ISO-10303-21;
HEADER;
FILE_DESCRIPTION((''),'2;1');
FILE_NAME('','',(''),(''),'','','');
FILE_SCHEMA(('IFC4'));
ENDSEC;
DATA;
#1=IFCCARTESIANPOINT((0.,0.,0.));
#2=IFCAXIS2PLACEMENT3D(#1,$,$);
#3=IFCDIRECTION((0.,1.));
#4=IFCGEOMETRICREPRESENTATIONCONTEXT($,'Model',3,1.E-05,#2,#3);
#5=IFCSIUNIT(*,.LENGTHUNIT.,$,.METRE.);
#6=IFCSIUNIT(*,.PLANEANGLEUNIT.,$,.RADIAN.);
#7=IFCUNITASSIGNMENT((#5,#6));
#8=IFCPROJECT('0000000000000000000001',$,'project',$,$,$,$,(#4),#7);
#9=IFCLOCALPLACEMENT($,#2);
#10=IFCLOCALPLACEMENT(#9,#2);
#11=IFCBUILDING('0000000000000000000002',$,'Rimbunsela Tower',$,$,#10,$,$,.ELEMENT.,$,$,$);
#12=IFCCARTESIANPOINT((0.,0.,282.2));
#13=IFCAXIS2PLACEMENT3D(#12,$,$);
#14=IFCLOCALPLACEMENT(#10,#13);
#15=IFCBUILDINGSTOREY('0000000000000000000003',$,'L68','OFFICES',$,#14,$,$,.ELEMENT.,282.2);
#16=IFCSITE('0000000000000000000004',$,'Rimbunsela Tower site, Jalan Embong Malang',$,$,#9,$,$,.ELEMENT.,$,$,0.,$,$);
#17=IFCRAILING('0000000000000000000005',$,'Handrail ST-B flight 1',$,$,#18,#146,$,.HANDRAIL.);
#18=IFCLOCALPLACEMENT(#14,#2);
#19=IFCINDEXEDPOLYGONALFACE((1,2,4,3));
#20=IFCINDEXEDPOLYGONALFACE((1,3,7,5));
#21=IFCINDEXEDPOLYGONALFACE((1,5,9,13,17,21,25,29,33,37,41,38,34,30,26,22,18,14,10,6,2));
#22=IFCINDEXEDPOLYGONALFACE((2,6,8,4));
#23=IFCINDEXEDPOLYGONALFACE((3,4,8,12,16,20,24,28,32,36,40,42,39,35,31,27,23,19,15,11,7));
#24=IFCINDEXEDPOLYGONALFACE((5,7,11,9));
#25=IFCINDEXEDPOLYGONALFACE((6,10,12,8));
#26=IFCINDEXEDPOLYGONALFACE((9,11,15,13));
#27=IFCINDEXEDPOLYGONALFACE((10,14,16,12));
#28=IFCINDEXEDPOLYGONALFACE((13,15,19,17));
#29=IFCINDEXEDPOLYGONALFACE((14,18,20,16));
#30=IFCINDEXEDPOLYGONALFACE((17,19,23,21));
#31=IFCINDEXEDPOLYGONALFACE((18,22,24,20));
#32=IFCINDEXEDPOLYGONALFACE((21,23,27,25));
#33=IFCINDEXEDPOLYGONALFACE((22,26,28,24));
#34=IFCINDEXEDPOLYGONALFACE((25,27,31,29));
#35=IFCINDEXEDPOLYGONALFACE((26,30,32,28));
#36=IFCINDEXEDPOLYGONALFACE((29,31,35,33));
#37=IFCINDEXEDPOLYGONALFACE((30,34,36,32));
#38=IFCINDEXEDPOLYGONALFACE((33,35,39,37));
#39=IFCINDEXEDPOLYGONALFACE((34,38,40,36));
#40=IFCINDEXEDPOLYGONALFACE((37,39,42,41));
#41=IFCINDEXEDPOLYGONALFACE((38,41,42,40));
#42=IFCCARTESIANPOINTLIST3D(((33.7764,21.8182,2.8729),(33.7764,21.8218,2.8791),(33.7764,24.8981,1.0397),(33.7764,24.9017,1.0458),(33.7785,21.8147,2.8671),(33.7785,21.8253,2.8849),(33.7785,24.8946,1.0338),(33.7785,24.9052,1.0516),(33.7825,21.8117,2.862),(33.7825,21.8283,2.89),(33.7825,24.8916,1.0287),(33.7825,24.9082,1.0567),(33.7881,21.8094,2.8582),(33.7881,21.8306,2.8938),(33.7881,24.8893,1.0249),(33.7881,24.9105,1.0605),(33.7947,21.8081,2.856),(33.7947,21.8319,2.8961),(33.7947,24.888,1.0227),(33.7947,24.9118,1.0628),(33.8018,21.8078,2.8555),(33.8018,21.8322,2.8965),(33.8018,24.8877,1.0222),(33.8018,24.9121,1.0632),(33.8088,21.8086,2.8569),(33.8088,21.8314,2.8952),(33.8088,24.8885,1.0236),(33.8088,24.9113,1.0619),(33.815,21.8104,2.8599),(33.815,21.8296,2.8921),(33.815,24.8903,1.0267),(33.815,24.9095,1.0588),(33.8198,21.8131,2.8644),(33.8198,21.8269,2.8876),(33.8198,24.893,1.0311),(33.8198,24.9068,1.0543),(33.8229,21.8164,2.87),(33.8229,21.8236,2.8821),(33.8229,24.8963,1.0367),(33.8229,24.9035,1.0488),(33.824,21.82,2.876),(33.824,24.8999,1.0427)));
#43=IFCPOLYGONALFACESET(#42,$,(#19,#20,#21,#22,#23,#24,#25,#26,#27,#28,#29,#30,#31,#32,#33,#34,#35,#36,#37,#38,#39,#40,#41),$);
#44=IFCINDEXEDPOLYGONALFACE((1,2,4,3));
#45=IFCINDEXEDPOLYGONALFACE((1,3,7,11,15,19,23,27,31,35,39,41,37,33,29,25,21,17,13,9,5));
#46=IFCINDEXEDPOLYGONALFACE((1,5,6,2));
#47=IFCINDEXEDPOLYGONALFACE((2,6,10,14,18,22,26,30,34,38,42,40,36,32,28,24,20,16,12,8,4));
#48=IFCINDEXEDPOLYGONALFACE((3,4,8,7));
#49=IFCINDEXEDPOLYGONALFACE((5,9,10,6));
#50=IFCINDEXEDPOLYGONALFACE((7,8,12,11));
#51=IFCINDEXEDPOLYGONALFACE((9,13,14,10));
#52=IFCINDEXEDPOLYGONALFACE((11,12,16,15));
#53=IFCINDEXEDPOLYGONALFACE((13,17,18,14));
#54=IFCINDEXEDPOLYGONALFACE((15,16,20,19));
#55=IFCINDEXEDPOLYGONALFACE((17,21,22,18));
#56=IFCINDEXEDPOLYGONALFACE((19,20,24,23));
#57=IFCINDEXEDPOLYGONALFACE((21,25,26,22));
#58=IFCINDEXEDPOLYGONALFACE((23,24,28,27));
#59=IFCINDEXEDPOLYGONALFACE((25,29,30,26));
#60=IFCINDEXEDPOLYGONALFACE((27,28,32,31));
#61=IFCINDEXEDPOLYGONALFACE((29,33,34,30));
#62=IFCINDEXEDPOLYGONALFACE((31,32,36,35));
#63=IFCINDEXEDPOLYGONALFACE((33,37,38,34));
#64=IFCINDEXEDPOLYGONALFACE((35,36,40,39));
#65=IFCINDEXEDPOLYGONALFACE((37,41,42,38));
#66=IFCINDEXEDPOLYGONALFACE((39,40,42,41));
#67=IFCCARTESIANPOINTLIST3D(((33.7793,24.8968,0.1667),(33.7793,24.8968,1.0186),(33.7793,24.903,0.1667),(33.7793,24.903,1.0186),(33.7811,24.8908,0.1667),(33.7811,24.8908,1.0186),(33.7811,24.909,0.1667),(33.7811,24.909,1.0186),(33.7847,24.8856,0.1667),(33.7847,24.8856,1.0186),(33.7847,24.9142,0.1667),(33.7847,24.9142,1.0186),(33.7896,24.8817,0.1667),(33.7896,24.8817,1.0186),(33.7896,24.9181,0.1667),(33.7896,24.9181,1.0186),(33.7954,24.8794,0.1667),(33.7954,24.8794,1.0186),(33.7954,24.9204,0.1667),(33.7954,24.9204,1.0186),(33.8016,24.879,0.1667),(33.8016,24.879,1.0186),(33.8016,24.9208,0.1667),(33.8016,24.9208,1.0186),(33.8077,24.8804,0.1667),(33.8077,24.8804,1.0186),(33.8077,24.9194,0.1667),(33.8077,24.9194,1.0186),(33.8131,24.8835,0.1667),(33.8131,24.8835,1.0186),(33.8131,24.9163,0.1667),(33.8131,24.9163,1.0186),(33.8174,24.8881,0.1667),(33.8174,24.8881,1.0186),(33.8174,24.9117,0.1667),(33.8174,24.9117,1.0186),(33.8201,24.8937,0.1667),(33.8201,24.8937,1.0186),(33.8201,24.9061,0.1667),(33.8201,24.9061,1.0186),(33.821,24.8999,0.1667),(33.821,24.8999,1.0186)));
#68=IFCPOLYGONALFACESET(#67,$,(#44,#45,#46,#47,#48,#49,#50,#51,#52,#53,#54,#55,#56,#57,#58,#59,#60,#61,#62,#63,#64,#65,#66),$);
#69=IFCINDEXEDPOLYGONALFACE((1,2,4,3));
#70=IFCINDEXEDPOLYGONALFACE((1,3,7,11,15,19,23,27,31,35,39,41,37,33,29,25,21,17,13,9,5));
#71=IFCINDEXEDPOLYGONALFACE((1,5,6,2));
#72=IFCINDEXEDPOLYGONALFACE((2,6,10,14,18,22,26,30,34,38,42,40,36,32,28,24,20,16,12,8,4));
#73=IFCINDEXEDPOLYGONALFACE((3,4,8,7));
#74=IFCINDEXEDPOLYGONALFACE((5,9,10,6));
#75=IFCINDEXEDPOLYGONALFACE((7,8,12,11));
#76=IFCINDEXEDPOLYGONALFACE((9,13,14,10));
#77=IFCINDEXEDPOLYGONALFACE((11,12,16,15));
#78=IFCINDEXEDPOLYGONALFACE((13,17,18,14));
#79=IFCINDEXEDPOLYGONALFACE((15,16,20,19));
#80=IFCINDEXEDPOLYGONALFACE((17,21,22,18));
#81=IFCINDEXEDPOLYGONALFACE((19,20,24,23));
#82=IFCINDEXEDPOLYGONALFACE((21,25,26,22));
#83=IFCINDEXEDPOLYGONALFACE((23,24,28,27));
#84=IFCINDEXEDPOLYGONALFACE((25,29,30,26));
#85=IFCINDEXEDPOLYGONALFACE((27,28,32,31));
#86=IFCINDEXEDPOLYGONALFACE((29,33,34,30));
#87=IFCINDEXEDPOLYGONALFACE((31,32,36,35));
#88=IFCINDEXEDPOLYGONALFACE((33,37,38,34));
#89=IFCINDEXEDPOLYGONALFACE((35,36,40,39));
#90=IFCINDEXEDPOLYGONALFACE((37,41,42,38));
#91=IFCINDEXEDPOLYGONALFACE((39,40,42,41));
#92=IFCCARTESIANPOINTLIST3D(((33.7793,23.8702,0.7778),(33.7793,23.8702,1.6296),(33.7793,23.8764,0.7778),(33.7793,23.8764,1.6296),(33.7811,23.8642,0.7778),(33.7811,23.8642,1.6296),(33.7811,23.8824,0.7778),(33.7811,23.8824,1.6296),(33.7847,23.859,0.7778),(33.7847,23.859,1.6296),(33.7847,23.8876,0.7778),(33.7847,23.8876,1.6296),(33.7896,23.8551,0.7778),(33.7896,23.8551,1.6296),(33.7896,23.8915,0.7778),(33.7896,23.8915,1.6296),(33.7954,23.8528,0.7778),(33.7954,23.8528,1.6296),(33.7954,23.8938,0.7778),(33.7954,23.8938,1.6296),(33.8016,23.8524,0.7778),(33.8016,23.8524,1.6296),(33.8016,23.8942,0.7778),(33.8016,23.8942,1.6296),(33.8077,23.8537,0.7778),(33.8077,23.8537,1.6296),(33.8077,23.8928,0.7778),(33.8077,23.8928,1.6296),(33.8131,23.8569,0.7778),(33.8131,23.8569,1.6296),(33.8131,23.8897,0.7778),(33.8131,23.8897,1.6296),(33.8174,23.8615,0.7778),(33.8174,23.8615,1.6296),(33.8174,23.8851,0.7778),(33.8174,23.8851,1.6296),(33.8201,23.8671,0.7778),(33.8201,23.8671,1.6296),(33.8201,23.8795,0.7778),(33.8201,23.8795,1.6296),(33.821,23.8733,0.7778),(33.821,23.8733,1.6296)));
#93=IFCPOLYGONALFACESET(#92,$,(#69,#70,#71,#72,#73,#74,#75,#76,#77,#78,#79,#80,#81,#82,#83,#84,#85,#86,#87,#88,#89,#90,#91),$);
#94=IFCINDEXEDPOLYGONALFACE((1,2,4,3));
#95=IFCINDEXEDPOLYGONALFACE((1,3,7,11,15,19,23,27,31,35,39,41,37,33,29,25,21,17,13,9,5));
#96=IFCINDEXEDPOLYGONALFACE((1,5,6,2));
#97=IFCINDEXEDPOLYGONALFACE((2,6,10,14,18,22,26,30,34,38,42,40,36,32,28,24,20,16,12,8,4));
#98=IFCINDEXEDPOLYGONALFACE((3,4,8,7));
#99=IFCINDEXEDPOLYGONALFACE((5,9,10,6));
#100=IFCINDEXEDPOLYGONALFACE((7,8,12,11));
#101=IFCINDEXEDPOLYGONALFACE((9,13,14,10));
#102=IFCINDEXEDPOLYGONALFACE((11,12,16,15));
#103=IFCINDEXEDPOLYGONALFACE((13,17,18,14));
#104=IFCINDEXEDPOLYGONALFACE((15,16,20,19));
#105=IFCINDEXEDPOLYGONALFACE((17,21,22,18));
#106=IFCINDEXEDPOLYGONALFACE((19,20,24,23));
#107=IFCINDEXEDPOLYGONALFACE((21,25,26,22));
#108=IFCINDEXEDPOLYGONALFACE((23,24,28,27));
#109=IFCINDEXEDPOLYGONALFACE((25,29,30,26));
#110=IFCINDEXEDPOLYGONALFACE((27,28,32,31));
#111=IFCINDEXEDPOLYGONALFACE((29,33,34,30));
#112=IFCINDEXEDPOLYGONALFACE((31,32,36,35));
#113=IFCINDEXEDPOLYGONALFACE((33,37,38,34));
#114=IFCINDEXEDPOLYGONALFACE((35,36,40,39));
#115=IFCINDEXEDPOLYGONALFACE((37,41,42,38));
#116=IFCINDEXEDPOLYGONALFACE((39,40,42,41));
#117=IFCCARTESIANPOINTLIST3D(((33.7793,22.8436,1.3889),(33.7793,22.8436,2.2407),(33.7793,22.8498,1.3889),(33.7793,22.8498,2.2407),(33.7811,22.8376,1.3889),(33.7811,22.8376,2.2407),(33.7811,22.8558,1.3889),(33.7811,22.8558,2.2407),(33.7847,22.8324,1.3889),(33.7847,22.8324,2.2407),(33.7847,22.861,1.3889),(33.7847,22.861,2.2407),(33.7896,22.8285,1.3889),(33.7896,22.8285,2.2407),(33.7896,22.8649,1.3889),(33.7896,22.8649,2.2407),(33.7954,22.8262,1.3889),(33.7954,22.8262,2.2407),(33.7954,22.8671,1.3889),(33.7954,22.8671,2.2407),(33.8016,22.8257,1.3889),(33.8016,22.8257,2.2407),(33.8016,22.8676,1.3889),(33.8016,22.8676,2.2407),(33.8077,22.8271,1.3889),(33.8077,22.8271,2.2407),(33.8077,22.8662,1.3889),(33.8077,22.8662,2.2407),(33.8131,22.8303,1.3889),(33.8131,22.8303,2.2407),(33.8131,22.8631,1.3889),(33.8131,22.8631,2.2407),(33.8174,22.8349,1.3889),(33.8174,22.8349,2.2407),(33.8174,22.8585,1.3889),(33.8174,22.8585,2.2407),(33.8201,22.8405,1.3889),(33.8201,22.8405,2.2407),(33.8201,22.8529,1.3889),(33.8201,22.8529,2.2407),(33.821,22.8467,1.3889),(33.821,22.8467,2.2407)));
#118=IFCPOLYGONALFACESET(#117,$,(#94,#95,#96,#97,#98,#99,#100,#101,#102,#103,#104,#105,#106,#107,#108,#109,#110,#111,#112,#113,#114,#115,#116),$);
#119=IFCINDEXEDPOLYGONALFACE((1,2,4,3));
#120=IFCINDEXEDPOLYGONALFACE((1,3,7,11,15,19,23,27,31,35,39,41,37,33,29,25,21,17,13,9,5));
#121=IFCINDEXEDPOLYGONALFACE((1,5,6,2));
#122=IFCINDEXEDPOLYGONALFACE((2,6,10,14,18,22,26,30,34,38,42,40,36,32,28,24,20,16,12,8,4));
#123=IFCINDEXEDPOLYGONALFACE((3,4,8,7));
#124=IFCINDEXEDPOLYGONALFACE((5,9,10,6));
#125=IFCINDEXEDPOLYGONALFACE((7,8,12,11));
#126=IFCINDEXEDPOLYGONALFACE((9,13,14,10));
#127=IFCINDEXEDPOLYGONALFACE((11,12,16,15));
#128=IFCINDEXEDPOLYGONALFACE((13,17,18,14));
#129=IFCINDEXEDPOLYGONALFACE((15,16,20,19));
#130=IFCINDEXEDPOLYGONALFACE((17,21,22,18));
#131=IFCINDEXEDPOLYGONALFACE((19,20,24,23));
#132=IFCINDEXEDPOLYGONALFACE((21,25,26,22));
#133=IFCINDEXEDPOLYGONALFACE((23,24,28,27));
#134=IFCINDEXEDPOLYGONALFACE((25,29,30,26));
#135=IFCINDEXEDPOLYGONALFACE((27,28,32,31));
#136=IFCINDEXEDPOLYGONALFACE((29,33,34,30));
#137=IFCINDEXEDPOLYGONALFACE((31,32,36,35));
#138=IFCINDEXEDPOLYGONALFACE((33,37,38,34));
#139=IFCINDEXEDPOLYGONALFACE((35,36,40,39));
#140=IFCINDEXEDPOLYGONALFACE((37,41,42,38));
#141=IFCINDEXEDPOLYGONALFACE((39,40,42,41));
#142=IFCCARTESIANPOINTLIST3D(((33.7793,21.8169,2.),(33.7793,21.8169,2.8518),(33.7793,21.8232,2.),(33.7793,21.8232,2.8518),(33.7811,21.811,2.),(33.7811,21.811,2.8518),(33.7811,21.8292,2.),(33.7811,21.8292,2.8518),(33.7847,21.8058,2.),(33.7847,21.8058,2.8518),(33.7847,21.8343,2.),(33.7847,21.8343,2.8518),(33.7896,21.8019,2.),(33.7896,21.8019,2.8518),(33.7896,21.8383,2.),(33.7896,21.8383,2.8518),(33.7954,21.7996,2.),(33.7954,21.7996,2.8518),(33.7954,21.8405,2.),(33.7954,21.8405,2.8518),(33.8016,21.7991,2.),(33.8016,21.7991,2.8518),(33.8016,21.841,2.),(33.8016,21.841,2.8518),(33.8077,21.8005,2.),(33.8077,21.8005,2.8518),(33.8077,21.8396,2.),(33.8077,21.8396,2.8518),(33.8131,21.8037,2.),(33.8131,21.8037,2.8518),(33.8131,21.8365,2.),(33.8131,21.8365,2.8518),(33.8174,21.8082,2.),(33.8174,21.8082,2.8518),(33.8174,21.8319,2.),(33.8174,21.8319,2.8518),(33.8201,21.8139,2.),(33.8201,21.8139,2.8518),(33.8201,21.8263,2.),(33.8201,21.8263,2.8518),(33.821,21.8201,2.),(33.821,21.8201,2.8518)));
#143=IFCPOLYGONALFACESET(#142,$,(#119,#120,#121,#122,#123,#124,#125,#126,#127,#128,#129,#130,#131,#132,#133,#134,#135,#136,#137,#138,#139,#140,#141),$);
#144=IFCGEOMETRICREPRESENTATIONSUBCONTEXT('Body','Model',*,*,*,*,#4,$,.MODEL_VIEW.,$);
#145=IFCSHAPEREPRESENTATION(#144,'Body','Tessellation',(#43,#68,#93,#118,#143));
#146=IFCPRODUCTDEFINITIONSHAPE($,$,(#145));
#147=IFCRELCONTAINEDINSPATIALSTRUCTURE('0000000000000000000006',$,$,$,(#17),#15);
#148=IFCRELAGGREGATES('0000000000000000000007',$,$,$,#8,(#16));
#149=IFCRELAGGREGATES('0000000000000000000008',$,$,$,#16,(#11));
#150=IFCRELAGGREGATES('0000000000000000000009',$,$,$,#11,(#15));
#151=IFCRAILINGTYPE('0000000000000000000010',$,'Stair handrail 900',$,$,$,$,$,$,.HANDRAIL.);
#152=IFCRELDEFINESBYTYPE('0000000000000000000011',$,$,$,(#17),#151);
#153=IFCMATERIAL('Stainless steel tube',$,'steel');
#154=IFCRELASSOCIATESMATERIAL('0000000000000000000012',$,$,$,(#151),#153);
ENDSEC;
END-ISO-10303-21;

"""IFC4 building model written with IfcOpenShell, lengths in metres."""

from ifc_helpers import new_model, si_unit, direction, frame, origin, origin_2d, place, context, subcontext, project, spatial, circle, extrude, material, type_object, element, save


model = new_model("IFC4")

# Units and contexts
model_context = context("Model", 3, precision=1e-05, world=origin(), true_north=direction((0.0, 1.0)))
body_context = subcontext(model_context, "Body", "Model", "MODEL_VIEW")
ifc_project = project(units=[si_unit("LENGTHUNIT", "METRE"), si_unit("PLANEANGLEUNIT", "RADIAN")], contexts=[model_context])

# Site, building, storey
site_placement = place(None, origin())
site = spatial("IfcSite", under=ifc_project, at=site_placement, Name="Rimbunsela Tower site, Jalan Embong Malang", CompositionType="ELEMENT", RefElevation=0.0)
building_placement = place(site_placement, origin())
building = spatial("IfcBuilding", under=site, at=building_placement, Name="Rimbunsela Tower", CompositionType="ELEMENT")
storey_placement = place(building_placement, frame((0.0, 0.0, 282.2)))
storey = spatial("IfcBuildingStorey", under=building, at=storey_placement, Name="L68", Description="OFFICES", CompositionType="ELEMENT", Elevation=282.2)

# Railing
ifc_material_1 = material(Name="Stainless steel tube", Category="steel")
railing_type = type_object("IfcRailingType", Name="Stair handrail 900", PredefinedType="HANDRAIL", material=ifc_material_1)
for number, where, name in (
    (1, (33.8, 24.8999, 0.1667), "Handrail ST-B flight 1"),
):
    element("IfcRailing", number, at=place(storey_placement, frame(where)), inside=storey, type_object=railing_type, Name=name, PredefinedType="HANDRAIL", context=body_context, shape_type="SweptSolid", body=[
        extrude(circle(Radius=0.0239, at=origin_2d()), frame((0.0, 0.0, 0.876), z_axis=(0.0, -0.859291, 0.511487), x_axis=(1.0, 0.0, 0.0)), (0.0, 0.0, 1.0), 3.5842),
        extrude(circle(Radius=0.021, at=origin_2d()), origin(), (0.0, 0.0, 1.0), 0.8518),
        extrude(circle(Radius=0.021, at=origin_2d()), frame((0.0, -1.0266, 0.6111)), (0.0, 0.0, 1.0), 0.8518),
        extrude(circle(Radius=0.021, at=origin_2d()), frame((0.0, -2.0532, 1.2222)), (0.0, 0.0, 1.0), 0.8518),
        extrude(circle(Radius=0.021, at=origin_2d()), frame((0.0, -3.0798, 1.8333)), (0.0, 0.0, 1.0), 0.8518),
    ])

save(model, "model.ifc")
